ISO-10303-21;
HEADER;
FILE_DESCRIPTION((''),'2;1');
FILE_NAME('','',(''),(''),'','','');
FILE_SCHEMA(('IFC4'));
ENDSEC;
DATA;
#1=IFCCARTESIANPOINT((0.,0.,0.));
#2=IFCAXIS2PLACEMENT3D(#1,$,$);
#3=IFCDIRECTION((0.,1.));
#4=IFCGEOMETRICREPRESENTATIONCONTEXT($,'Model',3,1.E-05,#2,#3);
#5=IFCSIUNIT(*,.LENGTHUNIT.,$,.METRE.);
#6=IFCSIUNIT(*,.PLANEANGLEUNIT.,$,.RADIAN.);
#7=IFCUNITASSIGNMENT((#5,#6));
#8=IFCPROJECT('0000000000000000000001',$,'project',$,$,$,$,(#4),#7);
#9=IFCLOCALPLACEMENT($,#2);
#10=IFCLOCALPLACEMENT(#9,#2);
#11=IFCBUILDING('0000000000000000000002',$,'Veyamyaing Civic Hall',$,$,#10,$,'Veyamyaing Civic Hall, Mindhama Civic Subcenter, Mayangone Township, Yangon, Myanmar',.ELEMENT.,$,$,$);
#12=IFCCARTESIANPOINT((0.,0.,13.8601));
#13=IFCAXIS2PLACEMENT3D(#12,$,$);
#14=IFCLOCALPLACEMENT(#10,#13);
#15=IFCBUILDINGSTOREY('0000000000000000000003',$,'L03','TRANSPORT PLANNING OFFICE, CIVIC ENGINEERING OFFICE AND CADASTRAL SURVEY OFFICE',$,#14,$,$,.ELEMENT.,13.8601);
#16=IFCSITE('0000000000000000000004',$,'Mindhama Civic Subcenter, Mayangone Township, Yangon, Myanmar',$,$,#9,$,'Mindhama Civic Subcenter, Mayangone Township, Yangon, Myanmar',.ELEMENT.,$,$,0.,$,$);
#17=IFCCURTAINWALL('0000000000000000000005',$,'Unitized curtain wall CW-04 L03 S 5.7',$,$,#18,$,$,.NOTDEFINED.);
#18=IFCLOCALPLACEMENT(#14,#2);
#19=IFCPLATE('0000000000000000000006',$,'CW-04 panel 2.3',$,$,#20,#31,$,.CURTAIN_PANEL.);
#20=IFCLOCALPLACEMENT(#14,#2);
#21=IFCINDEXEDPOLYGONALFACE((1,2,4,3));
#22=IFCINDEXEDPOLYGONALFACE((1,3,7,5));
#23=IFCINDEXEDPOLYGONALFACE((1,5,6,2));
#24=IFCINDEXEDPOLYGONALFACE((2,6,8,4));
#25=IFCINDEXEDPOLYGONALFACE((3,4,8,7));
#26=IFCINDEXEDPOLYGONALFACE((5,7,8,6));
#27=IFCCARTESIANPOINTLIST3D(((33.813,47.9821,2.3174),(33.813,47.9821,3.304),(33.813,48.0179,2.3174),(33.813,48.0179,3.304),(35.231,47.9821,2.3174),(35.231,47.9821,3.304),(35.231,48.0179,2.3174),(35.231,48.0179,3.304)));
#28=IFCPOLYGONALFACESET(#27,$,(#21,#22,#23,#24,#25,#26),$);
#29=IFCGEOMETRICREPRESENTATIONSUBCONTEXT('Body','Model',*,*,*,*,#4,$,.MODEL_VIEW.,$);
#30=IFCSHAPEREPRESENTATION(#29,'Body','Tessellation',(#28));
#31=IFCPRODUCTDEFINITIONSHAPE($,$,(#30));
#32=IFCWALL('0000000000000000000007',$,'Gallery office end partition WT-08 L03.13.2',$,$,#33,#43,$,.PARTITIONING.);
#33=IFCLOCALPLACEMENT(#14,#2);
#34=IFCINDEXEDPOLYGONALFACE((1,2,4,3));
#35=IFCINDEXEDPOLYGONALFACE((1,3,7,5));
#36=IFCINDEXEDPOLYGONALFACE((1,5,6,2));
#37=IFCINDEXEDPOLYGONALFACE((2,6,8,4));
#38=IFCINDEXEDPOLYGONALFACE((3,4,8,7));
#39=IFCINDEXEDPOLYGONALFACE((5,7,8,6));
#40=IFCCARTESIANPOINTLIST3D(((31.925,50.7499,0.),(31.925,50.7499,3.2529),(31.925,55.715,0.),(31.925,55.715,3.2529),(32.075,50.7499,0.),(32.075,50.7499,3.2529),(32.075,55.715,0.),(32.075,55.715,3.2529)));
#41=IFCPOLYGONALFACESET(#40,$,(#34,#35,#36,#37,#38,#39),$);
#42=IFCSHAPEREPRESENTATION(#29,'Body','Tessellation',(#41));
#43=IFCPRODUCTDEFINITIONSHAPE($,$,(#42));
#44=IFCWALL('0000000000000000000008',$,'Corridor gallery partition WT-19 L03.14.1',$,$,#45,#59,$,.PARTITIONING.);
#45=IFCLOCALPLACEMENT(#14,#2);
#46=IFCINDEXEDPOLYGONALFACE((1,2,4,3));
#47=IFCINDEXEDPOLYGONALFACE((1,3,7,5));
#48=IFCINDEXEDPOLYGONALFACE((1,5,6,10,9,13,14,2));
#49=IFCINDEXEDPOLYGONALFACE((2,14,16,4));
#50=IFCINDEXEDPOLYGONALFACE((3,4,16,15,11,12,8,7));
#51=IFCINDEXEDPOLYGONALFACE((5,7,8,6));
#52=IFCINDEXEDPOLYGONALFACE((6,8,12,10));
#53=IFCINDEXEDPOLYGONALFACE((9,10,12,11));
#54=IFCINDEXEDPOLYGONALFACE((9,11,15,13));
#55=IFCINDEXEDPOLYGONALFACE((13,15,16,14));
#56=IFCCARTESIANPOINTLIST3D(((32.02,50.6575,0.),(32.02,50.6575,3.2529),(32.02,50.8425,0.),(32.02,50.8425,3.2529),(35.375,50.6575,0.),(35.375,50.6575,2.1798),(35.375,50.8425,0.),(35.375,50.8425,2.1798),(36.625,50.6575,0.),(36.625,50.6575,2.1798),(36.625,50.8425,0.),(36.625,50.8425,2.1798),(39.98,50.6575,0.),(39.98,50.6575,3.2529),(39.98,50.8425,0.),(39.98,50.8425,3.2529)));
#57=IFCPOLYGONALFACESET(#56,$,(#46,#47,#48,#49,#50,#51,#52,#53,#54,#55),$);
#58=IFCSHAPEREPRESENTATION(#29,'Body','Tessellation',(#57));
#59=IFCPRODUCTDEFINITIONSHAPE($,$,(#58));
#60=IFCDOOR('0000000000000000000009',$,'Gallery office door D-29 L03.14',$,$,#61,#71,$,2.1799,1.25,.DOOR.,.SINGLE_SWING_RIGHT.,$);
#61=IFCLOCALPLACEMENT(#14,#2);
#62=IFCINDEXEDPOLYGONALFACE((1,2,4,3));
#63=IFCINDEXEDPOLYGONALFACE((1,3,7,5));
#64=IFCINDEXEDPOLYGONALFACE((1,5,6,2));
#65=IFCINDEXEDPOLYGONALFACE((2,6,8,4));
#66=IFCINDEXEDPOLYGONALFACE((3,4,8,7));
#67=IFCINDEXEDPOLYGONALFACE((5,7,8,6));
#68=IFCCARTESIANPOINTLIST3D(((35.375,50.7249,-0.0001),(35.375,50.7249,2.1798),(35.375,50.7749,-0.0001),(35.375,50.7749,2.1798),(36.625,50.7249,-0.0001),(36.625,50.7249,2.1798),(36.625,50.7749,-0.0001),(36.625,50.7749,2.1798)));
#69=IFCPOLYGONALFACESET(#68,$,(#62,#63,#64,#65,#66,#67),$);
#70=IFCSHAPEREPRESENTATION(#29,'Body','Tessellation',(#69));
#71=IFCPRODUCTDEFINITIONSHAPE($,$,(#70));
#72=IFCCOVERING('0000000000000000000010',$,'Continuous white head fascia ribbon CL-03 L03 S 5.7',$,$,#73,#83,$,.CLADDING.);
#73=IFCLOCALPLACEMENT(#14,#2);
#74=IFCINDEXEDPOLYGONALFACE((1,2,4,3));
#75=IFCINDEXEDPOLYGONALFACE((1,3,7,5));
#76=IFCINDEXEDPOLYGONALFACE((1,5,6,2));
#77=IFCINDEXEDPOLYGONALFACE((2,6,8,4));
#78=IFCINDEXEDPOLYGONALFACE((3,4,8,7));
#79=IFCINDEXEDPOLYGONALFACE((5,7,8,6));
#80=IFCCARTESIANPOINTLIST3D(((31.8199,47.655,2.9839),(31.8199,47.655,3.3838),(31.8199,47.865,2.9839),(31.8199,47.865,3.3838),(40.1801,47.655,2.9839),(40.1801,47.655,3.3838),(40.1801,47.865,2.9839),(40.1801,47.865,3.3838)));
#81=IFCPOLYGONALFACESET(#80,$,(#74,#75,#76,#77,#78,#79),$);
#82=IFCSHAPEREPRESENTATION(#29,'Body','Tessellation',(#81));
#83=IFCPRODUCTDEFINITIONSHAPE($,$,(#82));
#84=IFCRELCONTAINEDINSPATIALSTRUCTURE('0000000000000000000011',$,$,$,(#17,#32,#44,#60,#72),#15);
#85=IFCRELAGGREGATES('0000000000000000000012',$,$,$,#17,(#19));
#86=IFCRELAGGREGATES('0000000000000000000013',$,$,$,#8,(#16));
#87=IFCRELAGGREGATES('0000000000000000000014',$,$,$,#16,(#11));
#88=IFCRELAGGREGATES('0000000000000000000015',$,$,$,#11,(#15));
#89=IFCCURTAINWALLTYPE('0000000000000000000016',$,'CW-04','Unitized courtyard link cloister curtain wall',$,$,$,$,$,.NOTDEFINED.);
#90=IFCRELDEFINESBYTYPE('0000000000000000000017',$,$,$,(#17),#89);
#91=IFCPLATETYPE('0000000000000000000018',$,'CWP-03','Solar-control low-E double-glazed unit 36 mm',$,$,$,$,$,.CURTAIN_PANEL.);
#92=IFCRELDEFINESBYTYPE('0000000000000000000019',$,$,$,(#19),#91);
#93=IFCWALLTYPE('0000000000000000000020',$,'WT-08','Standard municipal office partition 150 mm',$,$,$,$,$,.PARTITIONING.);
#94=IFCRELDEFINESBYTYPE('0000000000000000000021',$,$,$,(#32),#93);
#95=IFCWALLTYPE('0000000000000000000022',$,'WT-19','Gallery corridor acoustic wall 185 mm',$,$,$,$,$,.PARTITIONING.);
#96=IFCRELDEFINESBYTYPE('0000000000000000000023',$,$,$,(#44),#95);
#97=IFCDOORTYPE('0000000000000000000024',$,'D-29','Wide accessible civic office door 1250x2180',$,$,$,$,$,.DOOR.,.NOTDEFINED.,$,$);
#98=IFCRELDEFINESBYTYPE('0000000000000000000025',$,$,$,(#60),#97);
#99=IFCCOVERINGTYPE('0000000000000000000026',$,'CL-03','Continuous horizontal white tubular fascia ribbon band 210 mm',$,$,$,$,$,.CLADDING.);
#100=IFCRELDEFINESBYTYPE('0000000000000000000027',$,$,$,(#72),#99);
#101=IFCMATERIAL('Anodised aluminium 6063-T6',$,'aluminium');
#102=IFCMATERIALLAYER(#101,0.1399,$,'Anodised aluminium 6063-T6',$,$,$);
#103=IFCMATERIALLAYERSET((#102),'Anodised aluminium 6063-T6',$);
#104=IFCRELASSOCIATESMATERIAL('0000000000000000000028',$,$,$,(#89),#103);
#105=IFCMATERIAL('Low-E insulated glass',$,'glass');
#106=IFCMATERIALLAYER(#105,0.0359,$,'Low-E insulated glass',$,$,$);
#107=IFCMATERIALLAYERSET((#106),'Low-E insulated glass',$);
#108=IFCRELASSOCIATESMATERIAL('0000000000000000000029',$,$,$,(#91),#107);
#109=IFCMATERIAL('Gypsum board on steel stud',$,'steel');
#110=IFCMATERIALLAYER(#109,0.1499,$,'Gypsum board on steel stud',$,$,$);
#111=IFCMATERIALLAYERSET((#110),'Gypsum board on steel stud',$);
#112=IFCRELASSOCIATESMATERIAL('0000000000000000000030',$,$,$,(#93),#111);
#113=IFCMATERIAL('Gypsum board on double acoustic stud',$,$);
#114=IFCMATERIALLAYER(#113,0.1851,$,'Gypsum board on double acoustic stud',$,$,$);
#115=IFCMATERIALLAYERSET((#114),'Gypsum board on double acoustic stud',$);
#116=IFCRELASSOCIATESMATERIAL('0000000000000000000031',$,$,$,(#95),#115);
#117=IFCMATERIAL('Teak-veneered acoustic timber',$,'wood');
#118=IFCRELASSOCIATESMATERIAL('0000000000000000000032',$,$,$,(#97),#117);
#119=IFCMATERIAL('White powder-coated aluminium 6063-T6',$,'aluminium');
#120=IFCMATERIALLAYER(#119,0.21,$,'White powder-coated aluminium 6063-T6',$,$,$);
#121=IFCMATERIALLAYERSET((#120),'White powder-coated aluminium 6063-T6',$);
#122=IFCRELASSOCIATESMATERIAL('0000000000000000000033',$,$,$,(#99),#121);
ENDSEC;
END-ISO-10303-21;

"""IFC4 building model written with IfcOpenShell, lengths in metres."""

from ifc_helpers import new_model, si_unit, direction, frame, frame_2d, origin, origin_2d, place, context, subcontext, project, spatial, rectangle, extrude, material, layer, layer_set, type_object, element, fill, aggregate, save


model = new_model("IFC4")

# Units and contexts
model_context = context("Model", 3, precision=1e-05, world=origin(), true_north=direction((0.0, 1.0)))
body_context = subcontext(model_context, "Body", "Model", "MODEL_VIEW")
ifc_project = project(units=[si_unit("LENGTHUNIT", "METRE"), si_unit("PLANEANGLEUNIT", "RADIAN")], contexts=[model_context])

# Site, building, storey
site_placement = place(None, origin())
site = spatial("IfcSite", under=ifc_project, at=site_placement, Name="Mindhama Civic Subcenter, Mayangone Township, Yangon, Myanmar", LongName="Mindhama Civic Subcenter, Mayangone Township, Yangon, Myanmar", CompositionType="ELEMENT", RefElevation=0.0)
building_placement = place(site_placement, origin())
building = spatial("IfcBuilding", under=site, at=building_placement, Name="Veyamyaing Civic Hall", LongName="Veyamyaing Civic Hall, Mindhama Civic Subcenter, Mayangone Township, Yangon, Myanmar", CompositionType="ELEMENT")
storey_placement = place(building_placement, frame((0.0, 0.0, 13.8601)))
storey = spatial("IfcBuildingStorey", under=building, at=storey_placement, Name="L03", Description="TRANSPORT PLANNING OFFICE, CIVIC ENGINEERING OFFICE AND CADASTRAL SURVEY OFFICE", CompositionType="ELEMENT", Elevation=13.8601)

# Shared definitions
ifc_material_1 = material(Name="Anodised aluminium 6063-T6", Category="aluminium")
ifc_layer_1 = layer(ifc_material_1, 0.1399, Name="Anodised aluminium 6063-T6")
ifc_layer_set_1 = layer_set([ifc_layer_1], Name="Anodised aluminium 6063-T6")
curtain_wall_type = type_object("IfcCurtainWallType", Name="CW-04", Description="Unitized courtyard link cloister curtain wall", PredefinedType="NOTDEFINED", material=ifc_layer_set_1)

# Curtain wall
curtain_wall_1_placement = place(storey_placement, origin())
curtain_wall_1 = element("IfcCurtainWall", 1, at=curtain_wall_1_placement, inside=storey, type_object=curtain_wall_type, Name="Unitized curtain wall CW-04 L03 S 5.7", PredefinedType="NOTDEFINED")

# Plate
ifc_material_2 = material(Name="Low-E insulated glass", Category="glass")
ifc_layer_2 = layer(ifc_material_2, 0.0359, Name="Low-E insulated glass")
ifc_layer_set_2 = layer_set([ifc_layer_2], Name="Low-E insulated glass")
plate_type_1 = type_object("IfcPlateType", Name="CWP-03", Description="Solar-control low-E double-glazed unit 36 mm", PredefinedType="CURTAIN_PANEL", material=ifc_layer_set_2)
plate_1_placement = place(storey_placement, frame((34.522, 48.0, 2.3174), z_axis=(0.0, 0.0, 1.0), x_axis=(1.0, 0.0, 0.0)))
plate_1 = element("IfcPlate", 2, at=plate_1_placement, type_object=plate_type_1, Name="CW-04 panel 2.3", PredefinedType="CURTAIN_PANEL", context=body_context, shape_type="SweptSolid", body=[
    extrude(rectangle(XDim=1.418, YDim=0.0359, at=origin_2d()), origin(), (0.0, 0.0, 1.0), 0.9866),
])
aggregate(curtain_wall_1, [plate_1])

# Wall
ifc_material_3 = material(Name="Gypsum board on steel stud", Category="steel")
ifc_layer_3 = layer(ifc_material_3, 0.1499, Name="Gypsum board on steel stud")
ifc_layer_set_3 = layer_set([ifc_layer_3], Name="Gypsum board on steel stud")
wall_type_1 = type_object("IfcWallType", Name="WT-08", Description="Standard municipal office partition 150 mm", PredefinedType="PARTITIONING", material=ifc_layer_set_3)
wall_1_placement = place(storey_placement, frame((32.0, 50.75, 0.0), z_axis=(0.0, 0.0, 1.0), x_axis=(0.0, 1.0, 0.0)))
element("IfcWall", 3, at=wall_1_placement, inside=storey, type_object=wall_type_1, Name="Gallery office end partition WT-08 L03.13.2", PredefinedType="PARTITIONING", context=body_context, shape_type="SweptSolid", body=[
    extrude(rectangle(XDim=4.9651, YDim=0.1499, at=frame_2d((2.4824, 0.0))), origin(), (0.0, 0.0, 1.0), 3.2529),
])

# Wall, opening, door
ifc_material_4 = material(Name="Gypsum board on double acoustic stud")
ifc_layer_4 = layer(ifc_material_4, 0.1851, Name="Gypsum board on double acoustic stud")
ifc_layer_set_4 = layer_set([ifc_layer_4], Name="Gypsum board on double acoustic stud")
wall_type_2 = type_object("IfcWallType", Name="WT-19", Description="Gallery corridor acoustic wall 185 mm", PredefinedType="PARTITIONING", material=ifc_layer_set_4)
wall_2_placement = place(storey_placement, frame((32.02, 50.75, 0.0), z_axis=(0.0, 0.0, 1.0), x_axis=(1.0, 0.0, 0.0)))
wall_2 = element("IfcWall", 4, at=wall_2_placement, inside=storey, type_object=wall_type_2, Name="Corridor gallery partition WT-19 L03.14.1", PredefinedType="PARTITIONING", context=body_context, shape_type="SweptSolid", body=[
    extrude(rectangle(XDim=7.96, YDim=0.1851, at=frame_2d((3.98, 0.0))), origin(), (0.0, 0.0, 1.0), 3.2529),
])
opening_placement = place(wall_2_placement, frame((3.355, 0.0, 0.0)))
opening = element("IfcOpeningElement", 5, at=opening_placement, cuts=wall_2, PredefinedType="OPENING", context=body_context, shape_type="SweptSolid", body=[
    extrude(rectangle(XDim=1.25, YDim=2.1799, at=frame_2d((0.625, 1.0898))), frame((0.0, 0.1025, 0.0), z_axis=(0.0, -1.0, 0.0), x_axis=(1.0, 0.0, 0.0)), (0.0, 0.0, 1.0), 0.2051),
])
ifc_material_5 = material(Name="Teak-veneered acoustic timber", Category="wood")
door_type = type_object("IfcDoorType", Name="D-29", Description="Wide accessible civic office door 1250x2180", OperationType="NOTDEFINED", PredefinedType="DOOR", material=ifc_material_5)
door_placement = place(opening_placement, origin())
door = element("IfcDoor", 6, at=door_placement, inside=storey, type_object=door_type, Name="Gallery office door D-29 L03.14", OperationType="SINGLE_SWING_RIGHT", OverallHeight=2.1799, OverallWidth=1.25, PredefinedType="DOOR", context=body_context, shape_type="SweptSolid", body=[
    extrude(rectangle(XDim=1.25, YDim=2.1799, at=frame_2d((0.625, 1.0898))), frame((0.0, 0.0249, 0.0), z_axis=(0.0, -1.0, 0.0), x_axis=(1.0, 0.0, 0.0)), (0.0, 0.0, 1.0), 0.05),
])
fill(opening, door)

# Covering
ifc_material_6 = material(Name="White powder-coated aluminium 6063-T6", Category="aluminium")
ifc_layer_5 = layer(ifc_material_6, 0.21, Name="White powder-coated aluminium 6063-T6")
ifc_layer_set_5 = layer_set([ifc_layer_5], Name="White powder-coated aluminium 6063-T6")
covering_type = type_object("IfcCoveringType", Name="CL-03", Description="Continuous horizontal white tubular fascia ribbon band 210 mm", PredefinedType="CLADDING", material=ifc_layer_set_5)
covering_placement = place(storey_placement, frame((36.0, 47.76, 2.9839), z_axis=(0.0, 0.0, 1.0), x_axis=(1.0, 0.0, 0.0)))
element("IfcCovering", 7, at=covering_placement, inside=storey, type_object=covering_type, Name="Continuous white head fascia ribbon CL-03 L03 S 5.7", PredefinedType="CLADDING", context=body_context, shape_type="SweptSolid", body=[
    extrude(rectangle(XDim=8.3601, YDim=0.21, at=origin_2d()), origin(), (0.0, 0.0, 1.0), 0.3999),
])

save(model, "model.ifc")
